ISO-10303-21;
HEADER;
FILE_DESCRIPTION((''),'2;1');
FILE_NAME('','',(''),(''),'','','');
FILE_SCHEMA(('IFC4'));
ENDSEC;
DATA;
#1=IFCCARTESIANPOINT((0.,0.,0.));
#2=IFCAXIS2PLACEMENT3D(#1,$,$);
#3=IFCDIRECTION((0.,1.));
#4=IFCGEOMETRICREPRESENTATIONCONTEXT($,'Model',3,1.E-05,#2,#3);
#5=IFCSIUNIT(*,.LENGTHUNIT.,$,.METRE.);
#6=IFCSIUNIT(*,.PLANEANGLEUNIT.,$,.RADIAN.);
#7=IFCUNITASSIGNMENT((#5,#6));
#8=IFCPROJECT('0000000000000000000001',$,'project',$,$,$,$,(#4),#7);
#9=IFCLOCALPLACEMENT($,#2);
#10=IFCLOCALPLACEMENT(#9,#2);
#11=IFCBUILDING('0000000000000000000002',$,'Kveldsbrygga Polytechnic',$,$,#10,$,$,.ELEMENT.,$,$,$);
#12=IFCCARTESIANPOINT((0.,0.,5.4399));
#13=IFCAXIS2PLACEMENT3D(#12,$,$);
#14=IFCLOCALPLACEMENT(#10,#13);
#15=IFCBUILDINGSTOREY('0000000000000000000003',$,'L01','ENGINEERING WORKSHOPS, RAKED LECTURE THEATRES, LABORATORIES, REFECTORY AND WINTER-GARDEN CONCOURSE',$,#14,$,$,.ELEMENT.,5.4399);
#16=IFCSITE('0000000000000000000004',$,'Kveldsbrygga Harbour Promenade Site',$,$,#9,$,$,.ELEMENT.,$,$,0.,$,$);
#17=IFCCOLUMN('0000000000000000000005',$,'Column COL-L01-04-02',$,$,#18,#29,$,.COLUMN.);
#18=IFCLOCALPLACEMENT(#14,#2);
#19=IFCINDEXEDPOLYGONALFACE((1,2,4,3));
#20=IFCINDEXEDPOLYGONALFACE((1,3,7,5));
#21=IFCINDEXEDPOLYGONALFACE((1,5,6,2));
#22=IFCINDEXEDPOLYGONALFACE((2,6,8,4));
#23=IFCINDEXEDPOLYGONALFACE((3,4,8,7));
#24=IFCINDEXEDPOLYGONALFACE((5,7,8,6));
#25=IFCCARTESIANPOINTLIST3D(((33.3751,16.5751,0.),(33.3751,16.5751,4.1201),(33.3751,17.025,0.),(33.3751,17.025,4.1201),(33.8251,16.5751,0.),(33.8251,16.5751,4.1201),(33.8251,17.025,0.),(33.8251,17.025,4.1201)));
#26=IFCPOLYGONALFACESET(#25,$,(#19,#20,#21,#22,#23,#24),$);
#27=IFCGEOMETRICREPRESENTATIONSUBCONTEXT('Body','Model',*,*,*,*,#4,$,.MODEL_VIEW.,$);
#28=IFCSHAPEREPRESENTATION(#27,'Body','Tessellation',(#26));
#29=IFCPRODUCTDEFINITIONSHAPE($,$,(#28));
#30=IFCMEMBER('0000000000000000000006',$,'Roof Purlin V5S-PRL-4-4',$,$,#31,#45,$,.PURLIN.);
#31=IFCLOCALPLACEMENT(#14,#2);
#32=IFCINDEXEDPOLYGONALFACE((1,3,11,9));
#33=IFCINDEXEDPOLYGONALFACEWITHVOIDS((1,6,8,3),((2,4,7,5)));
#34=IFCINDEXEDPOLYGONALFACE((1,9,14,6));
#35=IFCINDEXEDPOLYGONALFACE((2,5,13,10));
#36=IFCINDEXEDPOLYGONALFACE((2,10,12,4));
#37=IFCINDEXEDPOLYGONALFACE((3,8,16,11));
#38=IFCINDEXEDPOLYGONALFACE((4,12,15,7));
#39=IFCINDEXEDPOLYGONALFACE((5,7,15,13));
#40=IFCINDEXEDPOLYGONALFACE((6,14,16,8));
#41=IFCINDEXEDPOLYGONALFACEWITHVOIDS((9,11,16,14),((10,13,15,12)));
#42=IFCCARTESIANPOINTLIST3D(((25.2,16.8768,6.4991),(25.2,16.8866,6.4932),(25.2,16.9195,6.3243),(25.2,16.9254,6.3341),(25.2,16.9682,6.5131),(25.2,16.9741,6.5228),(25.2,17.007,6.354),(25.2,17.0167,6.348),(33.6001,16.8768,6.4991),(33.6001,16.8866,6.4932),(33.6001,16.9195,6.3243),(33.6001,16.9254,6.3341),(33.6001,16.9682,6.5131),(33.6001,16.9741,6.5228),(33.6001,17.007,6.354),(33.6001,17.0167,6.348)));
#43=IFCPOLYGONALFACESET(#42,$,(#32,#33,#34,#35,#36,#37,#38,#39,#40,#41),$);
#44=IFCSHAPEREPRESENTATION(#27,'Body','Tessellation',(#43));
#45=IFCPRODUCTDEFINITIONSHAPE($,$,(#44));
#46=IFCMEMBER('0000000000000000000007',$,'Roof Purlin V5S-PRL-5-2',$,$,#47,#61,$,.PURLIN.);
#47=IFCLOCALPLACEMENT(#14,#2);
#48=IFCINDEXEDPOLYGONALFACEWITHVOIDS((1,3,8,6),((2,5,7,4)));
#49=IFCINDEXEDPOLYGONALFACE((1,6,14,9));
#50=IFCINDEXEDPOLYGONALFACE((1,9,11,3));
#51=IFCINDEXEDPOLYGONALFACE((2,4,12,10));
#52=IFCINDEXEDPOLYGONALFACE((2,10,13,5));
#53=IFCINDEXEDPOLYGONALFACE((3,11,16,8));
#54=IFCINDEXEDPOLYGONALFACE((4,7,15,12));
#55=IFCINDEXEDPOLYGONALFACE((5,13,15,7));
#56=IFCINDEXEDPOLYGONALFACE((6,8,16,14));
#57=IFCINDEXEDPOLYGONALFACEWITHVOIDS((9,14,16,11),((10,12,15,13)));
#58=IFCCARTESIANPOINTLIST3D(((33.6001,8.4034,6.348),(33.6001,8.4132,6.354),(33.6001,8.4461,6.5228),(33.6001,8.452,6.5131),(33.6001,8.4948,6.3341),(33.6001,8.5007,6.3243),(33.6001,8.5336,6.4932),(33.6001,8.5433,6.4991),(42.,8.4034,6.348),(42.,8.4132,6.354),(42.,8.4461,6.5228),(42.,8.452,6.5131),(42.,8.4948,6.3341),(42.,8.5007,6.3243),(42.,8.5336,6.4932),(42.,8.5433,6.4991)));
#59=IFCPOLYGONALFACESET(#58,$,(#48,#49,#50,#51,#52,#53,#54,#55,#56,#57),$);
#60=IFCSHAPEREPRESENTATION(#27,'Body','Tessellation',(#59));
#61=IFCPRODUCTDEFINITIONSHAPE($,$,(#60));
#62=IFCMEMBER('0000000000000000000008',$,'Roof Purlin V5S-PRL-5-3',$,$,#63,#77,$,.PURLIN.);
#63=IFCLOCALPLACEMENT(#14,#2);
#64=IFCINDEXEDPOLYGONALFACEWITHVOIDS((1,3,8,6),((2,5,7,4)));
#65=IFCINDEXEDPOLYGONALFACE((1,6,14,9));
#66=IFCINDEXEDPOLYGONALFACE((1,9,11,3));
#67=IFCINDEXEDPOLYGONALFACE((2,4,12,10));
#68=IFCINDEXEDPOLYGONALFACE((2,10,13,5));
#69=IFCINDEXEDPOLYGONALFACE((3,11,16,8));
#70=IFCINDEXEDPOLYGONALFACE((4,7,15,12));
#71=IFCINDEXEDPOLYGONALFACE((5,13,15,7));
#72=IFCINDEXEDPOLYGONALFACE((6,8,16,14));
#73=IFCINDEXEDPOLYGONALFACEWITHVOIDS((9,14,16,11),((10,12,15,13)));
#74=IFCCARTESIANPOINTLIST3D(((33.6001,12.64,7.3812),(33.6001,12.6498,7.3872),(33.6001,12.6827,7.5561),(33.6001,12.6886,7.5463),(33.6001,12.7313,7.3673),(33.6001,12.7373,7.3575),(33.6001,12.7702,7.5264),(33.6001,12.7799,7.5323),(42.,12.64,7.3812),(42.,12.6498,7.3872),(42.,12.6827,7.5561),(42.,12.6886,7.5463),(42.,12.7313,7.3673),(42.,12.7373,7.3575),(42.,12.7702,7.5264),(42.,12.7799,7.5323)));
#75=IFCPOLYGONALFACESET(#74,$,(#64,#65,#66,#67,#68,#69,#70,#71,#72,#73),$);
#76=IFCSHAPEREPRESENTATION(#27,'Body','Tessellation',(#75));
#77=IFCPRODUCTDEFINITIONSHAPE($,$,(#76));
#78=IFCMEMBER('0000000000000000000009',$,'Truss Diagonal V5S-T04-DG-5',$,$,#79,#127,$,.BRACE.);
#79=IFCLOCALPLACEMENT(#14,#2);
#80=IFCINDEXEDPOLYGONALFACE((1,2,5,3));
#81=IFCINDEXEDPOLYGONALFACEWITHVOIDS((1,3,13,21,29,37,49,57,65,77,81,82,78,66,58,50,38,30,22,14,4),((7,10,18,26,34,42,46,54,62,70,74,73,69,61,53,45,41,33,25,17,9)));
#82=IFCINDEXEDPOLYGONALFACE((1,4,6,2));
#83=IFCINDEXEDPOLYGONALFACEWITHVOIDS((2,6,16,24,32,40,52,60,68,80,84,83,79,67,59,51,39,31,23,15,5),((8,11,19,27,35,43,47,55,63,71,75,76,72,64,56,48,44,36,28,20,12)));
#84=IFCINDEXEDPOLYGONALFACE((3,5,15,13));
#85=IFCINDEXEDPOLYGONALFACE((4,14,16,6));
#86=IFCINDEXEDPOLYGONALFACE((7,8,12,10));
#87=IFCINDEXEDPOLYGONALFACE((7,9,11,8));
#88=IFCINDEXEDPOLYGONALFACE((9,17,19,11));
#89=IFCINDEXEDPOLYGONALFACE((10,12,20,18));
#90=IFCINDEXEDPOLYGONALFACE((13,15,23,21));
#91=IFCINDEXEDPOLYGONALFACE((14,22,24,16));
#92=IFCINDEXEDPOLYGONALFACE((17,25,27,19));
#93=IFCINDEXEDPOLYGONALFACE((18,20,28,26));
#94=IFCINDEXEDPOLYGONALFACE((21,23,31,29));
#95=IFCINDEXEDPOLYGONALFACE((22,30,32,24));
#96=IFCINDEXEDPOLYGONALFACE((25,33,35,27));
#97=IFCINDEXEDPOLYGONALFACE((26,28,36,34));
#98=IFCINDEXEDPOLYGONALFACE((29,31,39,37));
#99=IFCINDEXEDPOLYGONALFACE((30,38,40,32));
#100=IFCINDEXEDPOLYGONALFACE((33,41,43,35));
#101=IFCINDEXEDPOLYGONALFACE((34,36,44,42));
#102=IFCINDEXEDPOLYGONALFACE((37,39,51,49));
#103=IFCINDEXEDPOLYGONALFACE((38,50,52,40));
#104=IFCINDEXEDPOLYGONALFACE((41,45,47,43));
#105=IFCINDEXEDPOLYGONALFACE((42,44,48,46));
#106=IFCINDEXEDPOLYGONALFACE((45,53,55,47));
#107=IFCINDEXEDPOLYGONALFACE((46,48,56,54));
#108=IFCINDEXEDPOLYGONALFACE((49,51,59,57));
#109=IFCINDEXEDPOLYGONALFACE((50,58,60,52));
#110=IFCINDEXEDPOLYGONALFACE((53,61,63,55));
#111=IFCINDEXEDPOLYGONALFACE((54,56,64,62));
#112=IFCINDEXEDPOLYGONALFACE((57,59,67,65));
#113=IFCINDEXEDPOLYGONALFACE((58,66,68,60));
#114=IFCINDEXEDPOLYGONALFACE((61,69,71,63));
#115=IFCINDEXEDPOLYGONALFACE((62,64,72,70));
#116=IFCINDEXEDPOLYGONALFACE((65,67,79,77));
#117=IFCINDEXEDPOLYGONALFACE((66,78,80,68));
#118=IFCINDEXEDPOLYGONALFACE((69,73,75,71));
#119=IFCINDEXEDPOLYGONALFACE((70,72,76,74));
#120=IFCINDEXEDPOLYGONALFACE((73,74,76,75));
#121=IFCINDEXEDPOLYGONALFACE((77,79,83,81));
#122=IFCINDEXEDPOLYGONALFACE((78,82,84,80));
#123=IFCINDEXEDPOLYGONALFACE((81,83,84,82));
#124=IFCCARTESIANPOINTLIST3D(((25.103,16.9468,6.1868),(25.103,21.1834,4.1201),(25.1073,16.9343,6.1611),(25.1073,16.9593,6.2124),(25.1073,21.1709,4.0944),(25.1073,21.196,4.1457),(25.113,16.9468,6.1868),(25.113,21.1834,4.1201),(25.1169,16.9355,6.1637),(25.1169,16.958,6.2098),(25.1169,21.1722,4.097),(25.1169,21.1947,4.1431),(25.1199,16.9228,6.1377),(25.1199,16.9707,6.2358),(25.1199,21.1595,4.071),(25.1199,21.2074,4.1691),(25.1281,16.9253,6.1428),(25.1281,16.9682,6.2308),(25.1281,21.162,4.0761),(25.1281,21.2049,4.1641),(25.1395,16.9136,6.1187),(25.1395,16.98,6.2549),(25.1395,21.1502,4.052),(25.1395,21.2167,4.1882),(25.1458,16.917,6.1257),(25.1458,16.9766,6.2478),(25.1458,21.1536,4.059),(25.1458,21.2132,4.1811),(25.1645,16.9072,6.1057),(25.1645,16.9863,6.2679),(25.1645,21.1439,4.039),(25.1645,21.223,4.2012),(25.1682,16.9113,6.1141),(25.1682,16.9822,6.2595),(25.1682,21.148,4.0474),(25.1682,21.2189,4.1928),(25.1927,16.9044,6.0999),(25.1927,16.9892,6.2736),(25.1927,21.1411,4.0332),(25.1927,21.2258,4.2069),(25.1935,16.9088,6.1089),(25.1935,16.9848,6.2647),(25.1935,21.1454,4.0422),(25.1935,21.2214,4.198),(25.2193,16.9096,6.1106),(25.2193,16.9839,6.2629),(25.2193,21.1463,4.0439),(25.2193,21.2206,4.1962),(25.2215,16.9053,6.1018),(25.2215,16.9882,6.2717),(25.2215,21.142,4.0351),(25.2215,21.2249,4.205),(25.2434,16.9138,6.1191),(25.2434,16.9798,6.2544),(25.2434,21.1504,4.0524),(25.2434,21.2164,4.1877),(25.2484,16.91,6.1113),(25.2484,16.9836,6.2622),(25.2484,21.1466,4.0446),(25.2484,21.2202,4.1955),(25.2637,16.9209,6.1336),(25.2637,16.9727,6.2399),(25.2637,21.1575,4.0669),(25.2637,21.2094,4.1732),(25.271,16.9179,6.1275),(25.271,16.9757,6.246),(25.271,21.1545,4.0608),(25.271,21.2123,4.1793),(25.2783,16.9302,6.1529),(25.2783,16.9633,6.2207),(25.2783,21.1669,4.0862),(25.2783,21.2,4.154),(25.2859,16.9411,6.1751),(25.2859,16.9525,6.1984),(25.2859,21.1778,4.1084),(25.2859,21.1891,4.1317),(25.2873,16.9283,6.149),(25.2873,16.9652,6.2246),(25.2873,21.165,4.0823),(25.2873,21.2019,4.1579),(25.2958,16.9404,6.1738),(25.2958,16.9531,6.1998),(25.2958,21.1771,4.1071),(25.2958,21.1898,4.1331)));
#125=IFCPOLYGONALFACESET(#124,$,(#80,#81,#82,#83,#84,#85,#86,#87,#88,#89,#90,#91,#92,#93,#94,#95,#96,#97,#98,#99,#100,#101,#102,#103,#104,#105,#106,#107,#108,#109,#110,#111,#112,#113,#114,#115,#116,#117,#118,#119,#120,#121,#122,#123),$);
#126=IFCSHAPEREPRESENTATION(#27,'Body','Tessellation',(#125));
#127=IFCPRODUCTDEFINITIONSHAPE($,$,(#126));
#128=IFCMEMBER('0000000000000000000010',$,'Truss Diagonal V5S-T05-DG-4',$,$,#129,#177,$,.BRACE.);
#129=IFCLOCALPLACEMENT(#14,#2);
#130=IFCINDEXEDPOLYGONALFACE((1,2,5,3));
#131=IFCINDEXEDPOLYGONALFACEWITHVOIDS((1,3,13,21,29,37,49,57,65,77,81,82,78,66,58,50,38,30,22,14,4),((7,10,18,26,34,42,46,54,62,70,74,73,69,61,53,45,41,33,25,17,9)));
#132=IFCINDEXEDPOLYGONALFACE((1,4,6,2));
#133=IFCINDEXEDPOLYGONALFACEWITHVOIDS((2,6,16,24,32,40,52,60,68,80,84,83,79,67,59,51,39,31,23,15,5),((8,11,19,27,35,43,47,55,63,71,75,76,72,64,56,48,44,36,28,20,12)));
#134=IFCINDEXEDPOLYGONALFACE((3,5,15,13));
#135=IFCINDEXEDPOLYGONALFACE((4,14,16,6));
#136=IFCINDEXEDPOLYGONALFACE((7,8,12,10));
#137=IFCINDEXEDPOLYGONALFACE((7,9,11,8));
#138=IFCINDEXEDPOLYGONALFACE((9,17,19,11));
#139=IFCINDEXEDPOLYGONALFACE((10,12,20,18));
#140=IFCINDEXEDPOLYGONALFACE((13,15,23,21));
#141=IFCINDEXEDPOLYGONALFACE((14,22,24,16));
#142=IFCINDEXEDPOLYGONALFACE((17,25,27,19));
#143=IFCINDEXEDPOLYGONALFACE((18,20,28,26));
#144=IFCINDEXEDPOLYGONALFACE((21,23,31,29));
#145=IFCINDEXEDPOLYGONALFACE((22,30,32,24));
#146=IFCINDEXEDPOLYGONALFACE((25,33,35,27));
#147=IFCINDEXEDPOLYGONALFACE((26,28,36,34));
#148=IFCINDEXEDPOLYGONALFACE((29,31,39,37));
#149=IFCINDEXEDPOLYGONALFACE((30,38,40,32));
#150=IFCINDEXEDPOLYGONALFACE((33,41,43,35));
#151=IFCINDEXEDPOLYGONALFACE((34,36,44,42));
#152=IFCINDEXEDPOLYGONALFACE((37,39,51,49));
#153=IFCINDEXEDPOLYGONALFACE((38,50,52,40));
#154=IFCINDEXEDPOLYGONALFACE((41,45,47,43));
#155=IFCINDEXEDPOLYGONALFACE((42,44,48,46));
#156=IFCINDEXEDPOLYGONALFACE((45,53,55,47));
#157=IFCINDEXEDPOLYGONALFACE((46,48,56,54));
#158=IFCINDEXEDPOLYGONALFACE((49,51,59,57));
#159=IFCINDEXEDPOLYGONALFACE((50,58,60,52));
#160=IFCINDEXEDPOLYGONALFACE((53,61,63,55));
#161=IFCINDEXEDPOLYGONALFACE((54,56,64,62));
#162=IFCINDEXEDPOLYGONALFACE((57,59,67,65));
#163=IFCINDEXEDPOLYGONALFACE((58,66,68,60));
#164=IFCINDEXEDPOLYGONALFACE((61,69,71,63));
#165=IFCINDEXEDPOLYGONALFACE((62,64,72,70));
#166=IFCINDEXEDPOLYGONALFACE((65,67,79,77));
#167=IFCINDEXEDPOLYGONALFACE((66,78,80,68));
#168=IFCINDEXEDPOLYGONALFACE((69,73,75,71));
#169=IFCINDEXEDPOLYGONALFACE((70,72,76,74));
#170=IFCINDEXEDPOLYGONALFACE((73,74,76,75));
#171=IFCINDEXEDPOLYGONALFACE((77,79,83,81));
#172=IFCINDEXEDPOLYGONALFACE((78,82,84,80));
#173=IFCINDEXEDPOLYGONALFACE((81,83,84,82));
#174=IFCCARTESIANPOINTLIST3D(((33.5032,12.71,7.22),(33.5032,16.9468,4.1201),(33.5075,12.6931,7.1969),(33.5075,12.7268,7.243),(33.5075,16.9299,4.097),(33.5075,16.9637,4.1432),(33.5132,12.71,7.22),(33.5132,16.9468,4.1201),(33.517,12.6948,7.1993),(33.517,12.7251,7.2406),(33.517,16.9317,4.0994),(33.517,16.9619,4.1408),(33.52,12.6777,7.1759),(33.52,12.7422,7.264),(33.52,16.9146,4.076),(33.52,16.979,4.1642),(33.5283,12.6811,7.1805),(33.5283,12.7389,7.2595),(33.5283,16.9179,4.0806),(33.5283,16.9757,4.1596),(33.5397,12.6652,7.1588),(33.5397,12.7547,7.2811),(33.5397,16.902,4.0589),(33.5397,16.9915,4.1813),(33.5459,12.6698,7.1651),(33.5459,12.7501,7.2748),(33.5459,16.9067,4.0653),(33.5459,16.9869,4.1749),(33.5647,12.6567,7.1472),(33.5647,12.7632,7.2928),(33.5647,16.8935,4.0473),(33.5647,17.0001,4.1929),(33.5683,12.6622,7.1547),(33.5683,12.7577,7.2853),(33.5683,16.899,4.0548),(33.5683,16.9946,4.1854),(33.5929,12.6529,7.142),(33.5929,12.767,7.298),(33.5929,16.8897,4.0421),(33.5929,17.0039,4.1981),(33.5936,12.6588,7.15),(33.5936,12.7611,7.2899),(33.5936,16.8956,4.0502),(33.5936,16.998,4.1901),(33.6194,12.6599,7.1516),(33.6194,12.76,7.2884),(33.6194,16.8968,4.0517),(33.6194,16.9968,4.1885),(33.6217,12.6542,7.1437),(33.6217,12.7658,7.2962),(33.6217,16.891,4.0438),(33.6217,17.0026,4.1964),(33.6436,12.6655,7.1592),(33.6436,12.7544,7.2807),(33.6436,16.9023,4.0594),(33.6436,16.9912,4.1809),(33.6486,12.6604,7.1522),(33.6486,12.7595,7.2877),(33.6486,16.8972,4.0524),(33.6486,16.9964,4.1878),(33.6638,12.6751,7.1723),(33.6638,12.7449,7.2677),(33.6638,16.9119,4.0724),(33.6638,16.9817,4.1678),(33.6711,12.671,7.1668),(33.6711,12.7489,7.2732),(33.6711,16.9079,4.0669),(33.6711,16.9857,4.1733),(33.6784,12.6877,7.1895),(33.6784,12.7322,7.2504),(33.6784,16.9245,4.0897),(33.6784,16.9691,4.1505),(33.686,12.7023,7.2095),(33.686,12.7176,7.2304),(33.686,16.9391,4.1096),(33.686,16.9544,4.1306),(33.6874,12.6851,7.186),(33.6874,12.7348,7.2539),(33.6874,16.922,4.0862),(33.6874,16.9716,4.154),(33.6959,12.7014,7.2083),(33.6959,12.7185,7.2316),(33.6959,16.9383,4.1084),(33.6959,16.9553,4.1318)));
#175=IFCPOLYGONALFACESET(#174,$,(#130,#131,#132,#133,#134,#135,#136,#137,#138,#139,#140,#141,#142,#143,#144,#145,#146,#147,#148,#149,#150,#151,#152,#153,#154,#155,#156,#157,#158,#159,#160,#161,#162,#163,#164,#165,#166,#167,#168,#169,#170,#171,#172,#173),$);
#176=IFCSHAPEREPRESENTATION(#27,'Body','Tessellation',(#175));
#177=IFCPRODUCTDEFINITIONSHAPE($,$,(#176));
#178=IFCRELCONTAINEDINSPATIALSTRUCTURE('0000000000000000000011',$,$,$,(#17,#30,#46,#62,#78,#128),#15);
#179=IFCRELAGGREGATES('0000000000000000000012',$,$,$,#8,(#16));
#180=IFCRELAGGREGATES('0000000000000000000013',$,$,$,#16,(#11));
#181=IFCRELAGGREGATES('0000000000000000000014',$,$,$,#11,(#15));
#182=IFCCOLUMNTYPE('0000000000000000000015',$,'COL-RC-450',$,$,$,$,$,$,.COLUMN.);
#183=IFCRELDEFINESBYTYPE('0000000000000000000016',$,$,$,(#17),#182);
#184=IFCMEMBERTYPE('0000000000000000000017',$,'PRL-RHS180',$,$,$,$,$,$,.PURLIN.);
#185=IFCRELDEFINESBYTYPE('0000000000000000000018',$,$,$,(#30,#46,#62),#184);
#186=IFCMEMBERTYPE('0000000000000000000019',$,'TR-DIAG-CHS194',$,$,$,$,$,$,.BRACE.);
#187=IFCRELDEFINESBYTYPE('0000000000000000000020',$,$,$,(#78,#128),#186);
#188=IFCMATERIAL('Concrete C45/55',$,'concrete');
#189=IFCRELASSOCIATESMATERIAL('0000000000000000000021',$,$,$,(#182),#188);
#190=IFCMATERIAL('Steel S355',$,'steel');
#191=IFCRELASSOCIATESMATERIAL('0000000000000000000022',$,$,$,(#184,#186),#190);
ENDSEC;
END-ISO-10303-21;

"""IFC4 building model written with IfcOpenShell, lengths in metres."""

from ifc_helpers import new_model, si_unit, direction, frame, origin, origin_2d, place, context, subcontext, project, spatial, rectangle, hollow_rectangle, hollow_circle, extrude, material, material_profile, profile_set, type_object, element, save


model = new_model("IFC4")

# Units and contexts
model_context = context("Model", 3, precision=1e-05, world=origin(), true_north=direction((0.0, 1.0)))
body_context = subcontext(model_context, "Body", "Model", "MODEL_VIEW")
ifc_project = project(units=[si_unit("LENGTHUNIT", "METRE"), si_unit("PLANEANGLEUNIT", "RADIAN")], contexts=[model_context])

# Site, building, storey
site_placement = place(None, origin())
site = spatial("IfcSite", under=ifc_project, at=site_placement, Name="Kveldsbrygga Harbour Promenade Site", CompositionType="ELEMENT", RefElevation=0.0)
building_placement = place(site_placement, origin())
building = spatial("IfcBuilding", under=site, at=building_placement, Name="Kveldsbrygga Polytechnic", CompositionType="ELEMENT")
storey_placement = place(building_placement, frame((0.0, 0.0, 5.4399)))
storey = spatial("IfcBuildingStorey", under=building, at=storey_placement, Name="L01", Description="ENGINEERING WORKSHOPS, RAKED LECTURE THEATRES, LABORATORIES, REFECTORY AND WINTER-GARDEN CONCOURSE", CompositionType="ELEMENT", Elevation=5.4399)

# Column
ifc_material_1 = material(Name="Concrete C45/55", Category="concrete")
ifc_material_profile_1 = material_profile(ifc_material_1, rectangle(XDim=0.45, YDim=0.45, at=origin_2d()), Name="RC 450x450")
ifc_profile_set_1 = profile_set([ifc_material_profile_1], Name="Concrete C45/55")
column_type = type_object("IfcColumnType", Name="COL-RC-450", PredefinedType="COLUMN", material=ifc_profile_set_1)
column_placement = place(storey_placement, frame((33.6001, 16.8, 0.0), z_axis=(0.0, 0.0, 1.0), x_axis=(1.0, 0.0, 0.0)))
element("IfcColumn", 1, at=column_placement, inside=storey, type_object=column_type, Name="Column COL-L01-04-02", PredefinedType="COLUMN", context=body_context, shape_type="SweptSolid", body=[
    extrude(rectangle(XDim=0.45, YDim=0.45, at=origin_2d()), origin(), (0.0, 0.0, 1.0), 4.1201),
])

# Members
ifc_material_2 = material(Name="Steel S355", Category="steel")
ifc_material_profile_2 = material_profile(ifc_material_2, hollow_rectangle(XDim=0.1001, YDim=0.1799, WallThickness=0.0081, at=origin_2d()), Name="RHS 180x100x8.0")
ifc_profile_set_2 = profile_set([ifc_material_profile_2], Name="Steel S355")
member_type_1 = type_object("IfcMemberType", Name="PRL-RHS180", PredefinedType="PURLIN", material=ifc_profile_set_2)
member_1_placement = place(storey_placement, frame((25.2, 16.9468, 6.4236), z_axis=(1.0, 0.0, 0.0), x_axis=(0.0, 0.97152, 0.236957)))
element("IfcMember", 2, at=member_1_placement, inside=storey, type_object=member_type_1, Name="Roof Purlin V5S-PRL-4-4", PredefinedType="PURLIN", context=body_context, shape_type="SweptSolid", body=[
    extrude(hollow_rectangle(XDim=0.1001, YDim=0.1799, WallThickness=0.0081, at=origin_2d()), origin(), (0.0, 0.0, 1.0), 8.4001),
])
for number, where, z_axis, x_axis, name in (
    (3, (33.6001, 8.4734, 6.4236), (1.0, 0.0, 0.0), (0.0, 0.97152, -0.236957), "Roof Purlin V5S-PRL-5-2"),
    (4, (33.6001, 12.71, 7.4568), (1.0, 0.0, 0.0), (0.0, 0.97152, -0.236957), "Roof Purlin V5S-PRL-5-3"),
):
    element("IfcMember", number, at=place(storey_placement, frame(where, z_axis=z_axis, x_axis=x_axis)), inside=storey, type_object=member_type_1, Name=name, PredefinedType="PURLIN", context=body_context, shape_type="SweptSolid", body=[
        extrude(hollow_rectangle(XDim=0.1001, YDim=0.1799, WallThickness=0.0081, at=origin_2d()), origin(), (0.0, 0.0, 1.0), 8.3999),
    ])
ifc_material_profile_3 = material_profile(ifc_material_2, hollow_circle(Radius=0.0969, WallThickness=0.01, at=origin_2d()), Name="CHS 193.7x10.0")
ifc_profile_set_3 = profile_set([ifc_material_profile_3], Name="Steel S355")
member_type_2 = type_object("IfcMemberType", Name="TR-DIAG-CHS194", PredefinedType="BRACE", material=ifc_profile_set_3)
member_2_placement = place(storey_placement, frame((25.2, 16.9468, 6.1868), z_axis=(0.0, 0.898766, -0.438429), x_axis=(-1.0, 0.0, 0.0)))
element("IfcMember", 5, at=member_2_placement, inside=storey, type_object=member_type_2, Name="Truss Diagonal V5S-T04-DG-5", PredefinedType="BRACE", context=body_context, shape_type="SweptSolid", body=[
    extrude(hollow_circle(Radius=0.0969, WallThickness=0.01, at=origin_2d()), origin(), (0.0, 0.0, 1.0), 4.7139),
])
member_3_placement = place(storey_placement, frame((33.6001, 12.71, 7.22), z_axis=(0.0, 0.807054, -0.590478), x_axis=(-1.0, 0.0, 0.0)))
element("IfcMember", 6, at=member_3_placement, inside=storey, type_object=member_type_2, Name="Truss Diagonal V5S-T05-DG-4", PredefinedType="BRACE", context=body_context, shape_type="SweptSolid", body=[
    extrude(hollow_circle(Radius=0.0969, WallThickness=0.01, at=origin_2d()), origin(), (0.0, 0.0, 1.0), 5.2498),
])

save(model, "model.ifc")
